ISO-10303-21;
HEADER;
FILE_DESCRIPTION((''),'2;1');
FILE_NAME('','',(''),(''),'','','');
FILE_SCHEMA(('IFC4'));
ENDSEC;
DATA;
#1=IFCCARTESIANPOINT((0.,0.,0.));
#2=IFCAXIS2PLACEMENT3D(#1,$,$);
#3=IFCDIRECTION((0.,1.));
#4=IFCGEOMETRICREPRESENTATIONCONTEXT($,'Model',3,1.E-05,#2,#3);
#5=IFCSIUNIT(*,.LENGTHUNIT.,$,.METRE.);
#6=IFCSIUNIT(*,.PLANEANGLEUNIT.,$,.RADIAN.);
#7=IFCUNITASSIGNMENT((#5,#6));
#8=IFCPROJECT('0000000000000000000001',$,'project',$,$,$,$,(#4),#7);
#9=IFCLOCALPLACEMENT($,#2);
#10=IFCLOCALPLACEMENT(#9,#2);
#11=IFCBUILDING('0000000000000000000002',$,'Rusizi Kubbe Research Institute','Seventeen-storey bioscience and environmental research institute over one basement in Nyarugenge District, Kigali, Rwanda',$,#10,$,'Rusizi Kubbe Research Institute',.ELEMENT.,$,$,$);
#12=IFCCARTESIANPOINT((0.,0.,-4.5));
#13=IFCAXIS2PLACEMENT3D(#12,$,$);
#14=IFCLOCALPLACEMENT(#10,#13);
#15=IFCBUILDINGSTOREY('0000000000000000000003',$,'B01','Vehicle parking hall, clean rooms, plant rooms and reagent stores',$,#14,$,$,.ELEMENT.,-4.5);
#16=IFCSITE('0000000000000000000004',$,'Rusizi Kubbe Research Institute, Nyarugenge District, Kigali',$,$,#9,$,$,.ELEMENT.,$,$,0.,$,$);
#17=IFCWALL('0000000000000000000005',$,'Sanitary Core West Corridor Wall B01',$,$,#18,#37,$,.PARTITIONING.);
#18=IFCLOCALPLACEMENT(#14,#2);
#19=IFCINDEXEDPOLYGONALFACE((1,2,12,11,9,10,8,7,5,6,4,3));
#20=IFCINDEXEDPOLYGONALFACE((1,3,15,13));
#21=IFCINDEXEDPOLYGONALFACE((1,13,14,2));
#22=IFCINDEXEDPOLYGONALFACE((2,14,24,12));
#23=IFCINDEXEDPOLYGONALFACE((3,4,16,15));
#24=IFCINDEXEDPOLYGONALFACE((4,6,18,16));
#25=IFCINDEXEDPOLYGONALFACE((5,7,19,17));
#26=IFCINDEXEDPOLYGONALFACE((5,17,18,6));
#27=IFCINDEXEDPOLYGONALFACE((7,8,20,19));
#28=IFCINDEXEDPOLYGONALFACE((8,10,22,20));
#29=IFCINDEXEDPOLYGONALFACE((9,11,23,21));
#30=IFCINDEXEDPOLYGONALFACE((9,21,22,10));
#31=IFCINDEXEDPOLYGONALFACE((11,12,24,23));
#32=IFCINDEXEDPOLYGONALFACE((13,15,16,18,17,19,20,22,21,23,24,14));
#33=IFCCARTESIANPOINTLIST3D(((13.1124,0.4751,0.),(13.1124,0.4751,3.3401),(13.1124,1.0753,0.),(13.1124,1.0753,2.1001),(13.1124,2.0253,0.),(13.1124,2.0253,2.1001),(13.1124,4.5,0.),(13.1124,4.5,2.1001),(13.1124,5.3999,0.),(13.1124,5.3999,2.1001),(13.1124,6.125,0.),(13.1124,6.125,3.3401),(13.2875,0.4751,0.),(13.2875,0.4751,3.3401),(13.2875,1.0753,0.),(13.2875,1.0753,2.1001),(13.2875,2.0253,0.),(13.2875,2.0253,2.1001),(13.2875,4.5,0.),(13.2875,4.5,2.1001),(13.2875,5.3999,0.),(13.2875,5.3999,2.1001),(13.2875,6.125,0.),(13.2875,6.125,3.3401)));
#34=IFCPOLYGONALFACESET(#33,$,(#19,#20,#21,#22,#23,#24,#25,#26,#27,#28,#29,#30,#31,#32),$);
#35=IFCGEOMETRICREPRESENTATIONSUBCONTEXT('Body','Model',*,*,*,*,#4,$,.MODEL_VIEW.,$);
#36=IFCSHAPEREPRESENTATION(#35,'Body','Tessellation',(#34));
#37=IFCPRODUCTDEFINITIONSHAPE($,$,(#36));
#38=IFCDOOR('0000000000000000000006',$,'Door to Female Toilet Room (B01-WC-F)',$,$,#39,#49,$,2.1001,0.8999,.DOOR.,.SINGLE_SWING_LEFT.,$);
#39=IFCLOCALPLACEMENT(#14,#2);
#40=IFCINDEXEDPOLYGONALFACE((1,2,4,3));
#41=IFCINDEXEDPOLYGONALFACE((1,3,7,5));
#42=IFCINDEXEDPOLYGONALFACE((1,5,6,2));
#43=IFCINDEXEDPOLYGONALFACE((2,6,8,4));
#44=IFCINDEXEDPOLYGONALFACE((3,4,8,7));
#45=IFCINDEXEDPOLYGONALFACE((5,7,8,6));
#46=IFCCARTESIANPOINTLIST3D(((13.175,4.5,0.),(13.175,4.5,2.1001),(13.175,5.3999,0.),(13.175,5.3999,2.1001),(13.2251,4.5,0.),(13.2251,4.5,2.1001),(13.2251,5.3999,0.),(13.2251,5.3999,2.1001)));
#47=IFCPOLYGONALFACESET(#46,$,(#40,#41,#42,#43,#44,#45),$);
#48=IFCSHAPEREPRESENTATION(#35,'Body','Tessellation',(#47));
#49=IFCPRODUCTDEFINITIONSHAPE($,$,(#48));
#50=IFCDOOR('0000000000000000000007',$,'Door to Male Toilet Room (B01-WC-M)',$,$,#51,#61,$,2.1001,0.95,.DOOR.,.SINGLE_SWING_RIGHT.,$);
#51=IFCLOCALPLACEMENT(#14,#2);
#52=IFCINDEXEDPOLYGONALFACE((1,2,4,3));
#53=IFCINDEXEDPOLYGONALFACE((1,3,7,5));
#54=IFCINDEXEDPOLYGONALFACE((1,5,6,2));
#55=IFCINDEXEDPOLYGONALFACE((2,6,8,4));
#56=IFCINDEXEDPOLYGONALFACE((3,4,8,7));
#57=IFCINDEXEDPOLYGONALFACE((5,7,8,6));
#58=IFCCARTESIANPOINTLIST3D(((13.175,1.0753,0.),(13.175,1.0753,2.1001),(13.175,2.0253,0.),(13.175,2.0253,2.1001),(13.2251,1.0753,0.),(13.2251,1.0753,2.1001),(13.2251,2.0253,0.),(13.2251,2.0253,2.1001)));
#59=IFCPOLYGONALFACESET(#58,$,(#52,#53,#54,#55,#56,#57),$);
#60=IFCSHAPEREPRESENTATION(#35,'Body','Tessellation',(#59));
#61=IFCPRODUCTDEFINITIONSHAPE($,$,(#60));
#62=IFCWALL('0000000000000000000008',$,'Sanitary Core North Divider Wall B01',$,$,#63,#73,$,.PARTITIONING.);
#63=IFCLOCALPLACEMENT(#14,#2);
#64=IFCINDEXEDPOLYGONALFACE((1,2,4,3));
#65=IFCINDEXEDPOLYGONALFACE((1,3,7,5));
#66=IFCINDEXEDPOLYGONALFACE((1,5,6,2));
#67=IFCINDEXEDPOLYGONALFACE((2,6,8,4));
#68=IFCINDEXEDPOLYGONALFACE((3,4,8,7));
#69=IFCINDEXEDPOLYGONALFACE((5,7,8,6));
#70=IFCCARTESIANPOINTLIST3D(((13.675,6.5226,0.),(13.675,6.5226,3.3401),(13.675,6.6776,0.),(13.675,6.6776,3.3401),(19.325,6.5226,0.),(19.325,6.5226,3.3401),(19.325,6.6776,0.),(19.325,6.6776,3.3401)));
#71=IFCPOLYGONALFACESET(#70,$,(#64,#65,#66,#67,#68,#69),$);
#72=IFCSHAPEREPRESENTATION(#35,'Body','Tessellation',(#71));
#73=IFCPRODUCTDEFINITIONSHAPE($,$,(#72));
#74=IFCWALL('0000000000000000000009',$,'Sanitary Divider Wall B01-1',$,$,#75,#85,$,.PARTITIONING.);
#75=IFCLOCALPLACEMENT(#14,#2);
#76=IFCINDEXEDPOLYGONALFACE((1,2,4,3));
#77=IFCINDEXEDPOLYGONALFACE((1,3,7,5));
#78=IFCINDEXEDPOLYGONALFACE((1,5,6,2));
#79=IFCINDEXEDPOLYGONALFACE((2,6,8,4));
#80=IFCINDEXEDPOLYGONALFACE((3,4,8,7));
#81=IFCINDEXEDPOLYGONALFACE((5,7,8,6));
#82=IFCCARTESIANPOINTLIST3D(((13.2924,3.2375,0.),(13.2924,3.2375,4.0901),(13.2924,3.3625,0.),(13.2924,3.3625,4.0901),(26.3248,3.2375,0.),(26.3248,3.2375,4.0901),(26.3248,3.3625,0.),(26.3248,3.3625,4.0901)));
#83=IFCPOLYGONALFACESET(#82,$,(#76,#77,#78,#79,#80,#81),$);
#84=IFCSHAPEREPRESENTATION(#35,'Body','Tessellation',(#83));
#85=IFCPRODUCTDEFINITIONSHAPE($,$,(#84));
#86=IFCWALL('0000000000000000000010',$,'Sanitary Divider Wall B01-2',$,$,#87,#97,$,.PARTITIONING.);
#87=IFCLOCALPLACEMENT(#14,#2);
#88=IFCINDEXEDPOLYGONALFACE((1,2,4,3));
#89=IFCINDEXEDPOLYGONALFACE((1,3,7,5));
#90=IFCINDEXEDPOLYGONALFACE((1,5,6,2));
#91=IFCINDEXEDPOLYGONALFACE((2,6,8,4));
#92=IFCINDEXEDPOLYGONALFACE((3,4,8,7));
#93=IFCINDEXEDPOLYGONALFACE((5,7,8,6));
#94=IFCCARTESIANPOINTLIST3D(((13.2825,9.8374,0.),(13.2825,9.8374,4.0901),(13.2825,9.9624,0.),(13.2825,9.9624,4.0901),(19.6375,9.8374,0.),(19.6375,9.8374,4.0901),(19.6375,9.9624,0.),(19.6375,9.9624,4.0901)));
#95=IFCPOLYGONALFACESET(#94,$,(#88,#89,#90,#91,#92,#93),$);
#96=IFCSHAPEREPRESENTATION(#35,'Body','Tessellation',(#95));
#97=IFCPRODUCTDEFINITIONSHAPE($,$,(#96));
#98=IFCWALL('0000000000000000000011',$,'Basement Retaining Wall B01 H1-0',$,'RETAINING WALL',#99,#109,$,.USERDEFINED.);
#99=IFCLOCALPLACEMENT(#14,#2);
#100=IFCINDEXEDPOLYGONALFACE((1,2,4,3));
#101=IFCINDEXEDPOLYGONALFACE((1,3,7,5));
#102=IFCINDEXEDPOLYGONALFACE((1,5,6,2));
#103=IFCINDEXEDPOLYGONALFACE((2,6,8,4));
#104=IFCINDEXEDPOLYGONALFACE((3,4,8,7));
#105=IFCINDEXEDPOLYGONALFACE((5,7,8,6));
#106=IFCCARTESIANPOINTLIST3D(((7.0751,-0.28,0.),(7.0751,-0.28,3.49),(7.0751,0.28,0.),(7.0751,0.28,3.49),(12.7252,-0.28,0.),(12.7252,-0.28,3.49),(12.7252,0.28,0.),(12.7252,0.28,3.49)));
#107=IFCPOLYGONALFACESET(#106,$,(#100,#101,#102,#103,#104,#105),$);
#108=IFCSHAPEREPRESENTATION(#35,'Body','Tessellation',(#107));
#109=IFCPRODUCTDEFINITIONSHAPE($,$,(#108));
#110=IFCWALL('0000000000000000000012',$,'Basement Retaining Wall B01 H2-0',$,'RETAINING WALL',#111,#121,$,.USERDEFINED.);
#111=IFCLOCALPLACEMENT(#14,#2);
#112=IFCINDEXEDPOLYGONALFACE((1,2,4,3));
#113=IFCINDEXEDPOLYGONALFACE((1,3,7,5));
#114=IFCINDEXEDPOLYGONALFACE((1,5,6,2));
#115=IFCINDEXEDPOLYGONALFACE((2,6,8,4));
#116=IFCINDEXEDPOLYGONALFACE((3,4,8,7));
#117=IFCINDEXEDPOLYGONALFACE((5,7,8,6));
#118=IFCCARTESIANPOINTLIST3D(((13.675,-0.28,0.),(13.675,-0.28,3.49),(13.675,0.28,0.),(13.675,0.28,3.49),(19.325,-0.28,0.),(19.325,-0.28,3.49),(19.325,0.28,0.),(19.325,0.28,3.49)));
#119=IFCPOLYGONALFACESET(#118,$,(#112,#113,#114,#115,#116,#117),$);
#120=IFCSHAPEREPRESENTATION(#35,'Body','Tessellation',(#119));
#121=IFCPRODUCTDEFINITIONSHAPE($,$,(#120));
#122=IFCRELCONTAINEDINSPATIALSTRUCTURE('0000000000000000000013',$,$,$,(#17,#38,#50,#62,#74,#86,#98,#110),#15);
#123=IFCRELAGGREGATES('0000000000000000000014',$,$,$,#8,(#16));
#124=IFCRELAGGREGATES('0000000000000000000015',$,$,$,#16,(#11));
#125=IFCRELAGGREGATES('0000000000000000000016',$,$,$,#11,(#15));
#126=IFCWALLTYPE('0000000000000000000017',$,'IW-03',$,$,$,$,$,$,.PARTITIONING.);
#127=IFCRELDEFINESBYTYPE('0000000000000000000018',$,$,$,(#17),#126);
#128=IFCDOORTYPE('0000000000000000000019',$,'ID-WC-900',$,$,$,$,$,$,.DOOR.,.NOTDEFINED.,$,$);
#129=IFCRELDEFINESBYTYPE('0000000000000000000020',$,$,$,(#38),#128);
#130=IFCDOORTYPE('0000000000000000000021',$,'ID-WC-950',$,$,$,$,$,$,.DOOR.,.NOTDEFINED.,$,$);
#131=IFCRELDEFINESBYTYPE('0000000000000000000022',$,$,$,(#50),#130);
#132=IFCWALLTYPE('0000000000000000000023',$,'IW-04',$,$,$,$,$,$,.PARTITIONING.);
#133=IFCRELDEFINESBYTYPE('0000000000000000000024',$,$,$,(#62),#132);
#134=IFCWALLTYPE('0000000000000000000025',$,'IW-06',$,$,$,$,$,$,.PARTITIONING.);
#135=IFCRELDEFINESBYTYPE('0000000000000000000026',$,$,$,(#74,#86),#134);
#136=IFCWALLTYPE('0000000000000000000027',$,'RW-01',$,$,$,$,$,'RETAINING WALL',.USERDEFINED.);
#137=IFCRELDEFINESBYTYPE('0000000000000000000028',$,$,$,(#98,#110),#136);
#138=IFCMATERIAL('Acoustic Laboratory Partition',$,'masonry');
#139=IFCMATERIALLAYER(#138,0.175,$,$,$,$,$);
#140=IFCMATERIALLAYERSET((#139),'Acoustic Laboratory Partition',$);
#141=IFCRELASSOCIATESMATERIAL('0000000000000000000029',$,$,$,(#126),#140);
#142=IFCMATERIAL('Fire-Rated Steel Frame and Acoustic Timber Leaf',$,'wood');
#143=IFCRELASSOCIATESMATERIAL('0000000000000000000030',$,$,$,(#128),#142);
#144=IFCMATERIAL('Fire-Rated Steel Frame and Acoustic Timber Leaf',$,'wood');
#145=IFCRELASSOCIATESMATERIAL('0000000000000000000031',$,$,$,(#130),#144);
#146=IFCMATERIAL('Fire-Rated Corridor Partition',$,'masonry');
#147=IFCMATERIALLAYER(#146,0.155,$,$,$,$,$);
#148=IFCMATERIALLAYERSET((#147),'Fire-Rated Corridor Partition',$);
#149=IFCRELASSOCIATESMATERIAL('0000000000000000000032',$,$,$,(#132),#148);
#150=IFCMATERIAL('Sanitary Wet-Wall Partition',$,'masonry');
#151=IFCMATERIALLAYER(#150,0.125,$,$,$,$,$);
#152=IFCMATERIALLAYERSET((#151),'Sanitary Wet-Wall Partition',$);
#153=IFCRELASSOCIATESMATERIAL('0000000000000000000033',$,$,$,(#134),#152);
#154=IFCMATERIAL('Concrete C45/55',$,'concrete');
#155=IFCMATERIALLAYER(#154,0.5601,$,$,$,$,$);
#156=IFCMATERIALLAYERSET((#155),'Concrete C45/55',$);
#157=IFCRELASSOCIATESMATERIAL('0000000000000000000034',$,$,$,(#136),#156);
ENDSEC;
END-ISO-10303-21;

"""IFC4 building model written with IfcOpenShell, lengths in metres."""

from ifc_helpers import new_model, si_unit, direction, frame, frame_2d, origin, place, context, subcontext, project, spatial, rectangle, extrude, material, layer, layer_set, type_object, element, fill, save


model = new_model("IFC4")

# Units and contexts
model_context = context("Model", 3, precision=1e-05, world=origin(), true_north=direction((0.0, 1.0)))
body_context = subcontext(model_context, "Body", "Model", "MODEL_VIEW")
ifc_project = project(units=[si_unit("LENGTHUNIT", "METRE"), si_unit("PLANEANGLEUNIT", "RADIAN")], contexts=[model_context])

# Site, building, storey
site_placement = place(None, origin())
site = spatial("IfcSite", under=ifc_project, at=site_placement, Name="Rusizi Kubbe Research Institute, Nyarugenge District, Kigali", CompositionType="ELEMENT", RefElevation=0.0)
building_placement = place(site_placement, origin())
building = spatial("IfcBuilding", under=site, at=building_placement, Name="Rusizi Kubbe Research Institute", Description="Seventeen-storey bioscience and environmental research institute over one basement in Nyarugenge District, Kigali, Rwanda", LongName="Rusizi Kubbe Research Institute", CompositionType="ELEMENT")
storey_placement = place(building_placement, frame((0.0, 0.0, -4.5)))
storey = spatial("IfcBuildingStorey", under=building, at=storey_placement, Name="B01", Description="Vehicle parking hall, clean rooms, plant rooms and reagent stores", CompositionType="ELEMENT", Elevation=-4.5)

# Wall, openings, doors
ifc_material_1 = material(Name="Acoustic Laboratory Partition", Category="masonry")
ifc_layer_1 = layer(ifc_material_1, 0.175)
ifc_layer_set_1 = layer_set([ifc_layer_1], Name="Acoustic Laboratory Partition")
wall_type_1 = type_object("IfcWallType", Name="IW-03", PredefinedType="PARTITIONING", material=ifc_layer_set_1)
wall_1_placement = place(storey_placement, frame((13.2, 0.4751, 0.0), z_axis=(0.0, 0.0, 1.0), x_axis=(0.0, 1.0, 0.0)))
wall_1 = element("IfcWall", 1, at=wall_1_placement, inside=storey, type_object=wall_type_1, Name="Sanitary Core West Corridor Wall B01", PredefinedType="PARTITIONING", context=body_context, shape_type="SweptSolid", body=[
    extrude(rectangle(XDim=5.6499, YDim=0.175, at=frame_2d((2.825, 0.0))), origin(), (0.0, 0.0, 1.0), 3.3401),
])
opening_1_placement = place(wall_1_placement, frame((0.6001, 0.0, 0.0)))
opening_1 = element("IfcOpeningElement", 2, at=opening_1_placement, cuts=wall_1, PredefinedType="OPENING", context=body_context, shape_type="SweptSolid", body=[
    extrude(rectangle(XDim=0.95, YDim=2.1001, at=frame_2d((0.4751, 1.05))), frame((0.0, 0.0974, 0.0), z_axis=(0.0, -1.0, 0.0), x_axis=(1.0, 0.0, 0.0)), (0.0, 0.0, 1.0), 0.1951),
])
opening_2_placement = place(wall_1_placement, frame((4.0249, 0.0, 0.0)))
opening_2 = element("IfcOpeningElement", 3, at=opening_2_placement, cuts=wall_1, PredefinedType="OPENING", context=body_context, shape_type="SweptSolid", body=[
    extrude(rectangle(XDim=0.8999, YDim=2.1001, at=frame_2d((0.45, 1.05))), frame((0.0, 0.0974, 0.0), z_axis=(0.0, -1.0, 0.0), x_axis=(1.0, 0.0, 0.0)), (0.0, 0.0, 1.0), 0.1951),
])
ifc_material_2 = material(Name="Fire-Rated Steel Frame and Acoustic Timber Leaf", Category="wood")
door_type_1 = type_object("IfcDoorType", Name="ID-WC-900", OperationType="NOTDEFINED", PredefinedType="DOOR", material=ifc_material_2)
door_1_placement = place(opening_2_placement, origin())
door_1 = element("IfcDoor", 4, at=door_1_placement, inside=storey, type_object=door_type_1, Name="Door to Female Toilet Room (B01-WC-F)", OperationType="SINGLE_SWING_LEFT", OverallHeight=2.1001, OverallWidth=0.8999, PredefinedType="DOOR", context=body_context, shape_type="SweptSolid", body=[
    extrude(rectangle(XDim=0.8999, YDim=2.1001, at=frame_2d((0.45, 1.05))), frame((0.0, 0.0249, 0.0), z_axis=(0.0, -1.0, 0.0), x_axis=(1.0, 0.0, 0.0)), (0.0, 0.0, 1.0), 0.05),
])
fill(opening_2, door_1)
ifc_material_3 = material(Name="Fire-Rated Steel Frame and Acoustic Timber Leaf", Category="wood")
door_type_2 = type_object("IfcDoorType", Name="ID-WC-950", OperationType="NOTDEFINED", PredefinedType="DOOR", material=ifc_material_3)
door_2_placement = place(opening_1_placement, origin())
door_2 = element("IfcDoor", 5, at=door_2_placement, inside=storey, type_object=door_type_2, Name="Door to Male Toilet Room (B01-WC-M)", OperationType="SINGLE_SWING_RIGHT", OverallHeight=2.1001, OverallWidth=0.95, PredefinedType="DOOR", context=body_context, shape_type="SweptSolid", body=[
    extrude(rectangle(XDim=0.95, YDim=2.1001, at=frame_2d((0.4751, 1.05))), frame((0.0, 0.0249, 0.0), z_axis=(0.0, -1.0, 0.0), x_axis=(1.0, 0.0, 0.0)), (0.0, 0.0, 1.0), 0.05),
])
fill(opening_1, door_2)

# Wall
ifc_material_4 = material(Name="Fire-Rated Corridor Partition", Category="masonry")
ifc_layer_2 = layer(ifc_material_4, 0.155)
ifc_layer_set_2 = layer_set([ifc_layer_2], Name="Fire-Rated Corridor Partition")
wall_type_2 = type_object("IfcWallType", Name="IW-04", PredefinedType="PARTITIONING", material=ifc_layer_set_2)
wall_2_placement = place(storey_placement, frame((13.675, 6.6001, 0.0), z_axis=(0.0, 0.0, 1.0), x_axis=(1.0, 0.0, 0.0)))
element("IfcWall", 6, at=wall_2_placement, inside=storey, type_object=wall_type_2, Name="Sanitary Core North Divider Wall B01", PredefinedType="PARTITIONING", context=body_context, shape_type="SweptSolid", body=[
    extrude(rectangle(XDim=5.6499, YDim=0.155, at=frame_2d((2.825, 0.0))), origin(), (0.0, 0.0, 1.0), 3.3401),
])

# Walls
ifc_material_5 = material(Name="Sanitary Wet-Wall Partition", Category="masonry")
ifc_layer_3 = layer(ifc_material_5, 0.125)
ifc_layer_set_3 = layer_set([ifc_layer_3], Name="Sanitary Wet-Wall Partition")
wall_type_3 = type_object("IfcWallType", Name="IW-06", PredefinedType="PARTITIONING", material=ifc_layer_set_3)
wall_3_placement = place(storey_placement, frame((13.2925, 3.3, 0.0), z_axis=(0.0, 0.0, 1.0), x_axis=(1.0, 0.0, 0.0)))
element("IfcWall", 7, at=wall_3_placement, inside=storey, type_object=wall_type_3, Name="Sanitary Divider Wall B01-1", PredefinedType="PARTITIONING", context=body_context, shape_type="SweptSolid", body=[
    extrude(rectangle(XDim=13.0325, YDim=0.125, at=frame_2d((6.5161, 0.0))), origin(), (0.0, 0.0, 1.0), 4.0901),
])
wall_4_placement = place(storey_placement, frame((13.2825, 9.8999, 0.0), z_axis=(0.0, 0.0, 1.0), x_axis=(1.0, 0.0, 0.0)))
element("IfcWall", 8, at=wall_4_placement, inside=storey, type_object=wall_type_3, Name="Sanitary Divider Wall B01-2", PredefinedType="PARTITIONING", context=body_context, shape_type="SweptSolid", body=[
    extrude(rectangle(XDim=6.355, YDim=0.125, at=frame_2d((3.1775, 0.0))), origin(), (0.0, 0.0, 1.0), 4.0901),
])
ifc_material_6 = material(Name="Concrete C45/55", Category="concrete")
ifc_layer_4 = layer(ifc_material_6, 0.5601)
ifc_layer_set_4 = layer_set([ifc_layer_4], Name="Concrete C45/55")
wall_type_4 = type_object("IfcWallType", Name="RW-01", ElementType="RETAINING WALL", PredefinedType="USERDEFINED", material=ifc_layer_set_4)
wall_5_placement = place(storey_placement, frame((7.075, 0.0, 0.0), z_axis=(0.0, 0.0, 1.0), x_axis=(1.0, 0.0, 0.0)))
element("IfcWall", 9, at=wall_5_placement, inside=storey, type_object=wall_type_4, Name="Basement Retaining Wall B01 H1-0", ObjectType="RETAINING WALL", PredefinedType="USERDEFINED", context=body_context, shape_type="SweptSolid", body=[
    extrude(rectangle(XDim=5.6501, YDim=0.5601, at=frame_2d((2.8252, 0.0))), origin(), (0.0, 0.0, 1.0), 3.49),
])
wall_6_placement = place(storey_placement, frame((13.675, 0.0, 0.0), z_axis=(0.0, 0.0, 1.0), x_axis=(1.0, 0.0, 0.0)))
element("IfcWall", 10, at=wall_6_placement, inside=storey, type_object=wall_type_4, Name="Basement Retaining Wall B01 H2-0", ObjectType="RETAINING WALL", PredefinedType="USERDEFINED", context=body_context, shape_type="SweptSolid", body=[
    extrude(rectangle(XDim=5.6499, YDim=0.5601, at=frame_2d((2.825, 0.0))), origin(), (0.0, 0.0, 1.0), 3.49),
])

save(model, "model.ifc")
